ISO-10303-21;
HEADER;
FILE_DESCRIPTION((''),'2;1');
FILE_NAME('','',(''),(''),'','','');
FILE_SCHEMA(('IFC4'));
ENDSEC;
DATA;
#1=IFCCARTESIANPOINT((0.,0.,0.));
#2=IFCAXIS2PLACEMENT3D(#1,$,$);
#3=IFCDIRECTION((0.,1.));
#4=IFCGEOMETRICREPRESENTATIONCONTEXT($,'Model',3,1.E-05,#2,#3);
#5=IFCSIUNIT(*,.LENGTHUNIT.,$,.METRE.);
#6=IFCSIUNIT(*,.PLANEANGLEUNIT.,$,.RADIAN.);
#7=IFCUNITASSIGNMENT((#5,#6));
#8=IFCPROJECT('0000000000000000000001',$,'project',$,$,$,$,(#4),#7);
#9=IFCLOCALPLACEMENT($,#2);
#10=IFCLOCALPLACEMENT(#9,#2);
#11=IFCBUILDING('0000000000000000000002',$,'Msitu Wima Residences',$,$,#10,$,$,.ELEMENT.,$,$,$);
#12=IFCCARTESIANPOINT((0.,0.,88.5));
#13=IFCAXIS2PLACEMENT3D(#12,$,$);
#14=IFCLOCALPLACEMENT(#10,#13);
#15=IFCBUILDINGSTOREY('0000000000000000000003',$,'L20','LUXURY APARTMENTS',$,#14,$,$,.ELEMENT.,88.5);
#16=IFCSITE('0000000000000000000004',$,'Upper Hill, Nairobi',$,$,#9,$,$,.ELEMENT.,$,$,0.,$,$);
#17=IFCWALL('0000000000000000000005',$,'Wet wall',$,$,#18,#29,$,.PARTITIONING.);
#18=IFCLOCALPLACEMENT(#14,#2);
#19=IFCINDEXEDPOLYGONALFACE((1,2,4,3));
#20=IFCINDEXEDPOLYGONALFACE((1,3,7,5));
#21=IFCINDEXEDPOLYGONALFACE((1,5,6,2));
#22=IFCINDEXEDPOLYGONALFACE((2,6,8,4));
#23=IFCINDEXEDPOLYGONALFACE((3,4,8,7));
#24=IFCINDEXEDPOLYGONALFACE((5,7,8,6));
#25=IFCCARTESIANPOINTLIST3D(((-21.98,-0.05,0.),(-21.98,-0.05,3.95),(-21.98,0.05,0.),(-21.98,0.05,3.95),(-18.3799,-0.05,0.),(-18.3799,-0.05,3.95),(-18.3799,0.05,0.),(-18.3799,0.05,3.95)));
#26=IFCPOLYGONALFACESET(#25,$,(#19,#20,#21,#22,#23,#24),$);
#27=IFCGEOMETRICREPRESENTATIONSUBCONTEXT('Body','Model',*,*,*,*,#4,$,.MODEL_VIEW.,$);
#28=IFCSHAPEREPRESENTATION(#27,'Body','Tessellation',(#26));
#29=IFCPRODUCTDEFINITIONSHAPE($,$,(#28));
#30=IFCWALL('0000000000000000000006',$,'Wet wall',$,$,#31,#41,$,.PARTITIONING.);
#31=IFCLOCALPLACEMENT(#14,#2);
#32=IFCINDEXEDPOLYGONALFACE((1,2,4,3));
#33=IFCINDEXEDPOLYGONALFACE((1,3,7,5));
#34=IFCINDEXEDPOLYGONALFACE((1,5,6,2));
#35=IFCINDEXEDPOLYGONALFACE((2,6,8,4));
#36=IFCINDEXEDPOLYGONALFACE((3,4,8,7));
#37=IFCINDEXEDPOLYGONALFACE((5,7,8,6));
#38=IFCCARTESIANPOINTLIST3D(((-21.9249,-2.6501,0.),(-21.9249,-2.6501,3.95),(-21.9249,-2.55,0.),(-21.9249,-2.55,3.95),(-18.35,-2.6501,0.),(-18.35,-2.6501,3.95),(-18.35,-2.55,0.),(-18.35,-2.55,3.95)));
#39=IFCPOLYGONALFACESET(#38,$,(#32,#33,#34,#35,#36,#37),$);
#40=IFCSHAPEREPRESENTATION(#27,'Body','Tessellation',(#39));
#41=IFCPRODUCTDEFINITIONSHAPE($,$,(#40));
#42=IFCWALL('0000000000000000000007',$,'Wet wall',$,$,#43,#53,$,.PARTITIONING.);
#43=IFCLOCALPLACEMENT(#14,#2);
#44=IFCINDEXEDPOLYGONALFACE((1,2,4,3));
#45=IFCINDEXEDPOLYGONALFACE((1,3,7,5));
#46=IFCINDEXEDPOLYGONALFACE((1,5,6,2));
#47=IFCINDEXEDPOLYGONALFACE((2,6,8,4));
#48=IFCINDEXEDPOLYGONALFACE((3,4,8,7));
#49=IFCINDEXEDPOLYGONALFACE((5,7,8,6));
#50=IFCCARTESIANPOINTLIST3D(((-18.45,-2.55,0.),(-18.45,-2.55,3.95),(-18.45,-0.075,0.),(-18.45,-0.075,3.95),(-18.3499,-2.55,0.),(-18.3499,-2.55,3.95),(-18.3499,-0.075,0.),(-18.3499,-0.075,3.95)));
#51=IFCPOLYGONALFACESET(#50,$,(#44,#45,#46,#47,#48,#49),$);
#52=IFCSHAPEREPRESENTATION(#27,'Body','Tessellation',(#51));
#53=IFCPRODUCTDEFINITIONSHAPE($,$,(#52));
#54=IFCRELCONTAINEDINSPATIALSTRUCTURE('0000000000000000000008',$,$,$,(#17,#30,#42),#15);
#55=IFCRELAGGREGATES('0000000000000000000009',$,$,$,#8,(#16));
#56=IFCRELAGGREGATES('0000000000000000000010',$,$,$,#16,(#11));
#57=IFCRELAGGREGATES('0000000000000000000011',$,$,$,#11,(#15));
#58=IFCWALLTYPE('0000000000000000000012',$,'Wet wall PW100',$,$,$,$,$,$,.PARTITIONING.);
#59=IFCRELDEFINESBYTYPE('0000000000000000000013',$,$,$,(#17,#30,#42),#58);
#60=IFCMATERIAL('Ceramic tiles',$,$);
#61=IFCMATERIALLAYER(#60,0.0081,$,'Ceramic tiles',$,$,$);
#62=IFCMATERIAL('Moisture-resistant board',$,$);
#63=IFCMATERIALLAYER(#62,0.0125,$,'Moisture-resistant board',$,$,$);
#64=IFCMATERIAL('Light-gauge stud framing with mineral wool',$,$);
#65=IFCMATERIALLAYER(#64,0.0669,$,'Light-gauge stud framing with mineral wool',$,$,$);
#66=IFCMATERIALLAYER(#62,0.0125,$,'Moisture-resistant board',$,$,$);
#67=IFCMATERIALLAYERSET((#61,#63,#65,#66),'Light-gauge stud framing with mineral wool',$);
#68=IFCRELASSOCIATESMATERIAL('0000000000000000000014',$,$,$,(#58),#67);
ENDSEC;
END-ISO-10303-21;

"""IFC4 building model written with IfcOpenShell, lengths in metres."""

from ifc_helpers import new_model, si_unit, direction, frame, frame_2d, origin, place, context, subcontext, project, spatial, rectangle, extrude, material, layer, layer_set, type_object, element, save


model = new_model("IFC4")

# Units and contexts
model_context = context("Model", 3, precision=1e-05, world=origin(), true_north=direction((0.0, 1.0)))
body_context = subcontext(model_context, "Body", "Model", "MODEL_VIEW")
ifc_project = project(units=[si_unit("LENGTHUNIT", "METRE"), si_unit("PLANEANGLEUNIT", "RADIAN")], contexts=[model_context])

# Site, building, storey
site_placement = place(None, origin())
site = spatial("IfcSite", under=ifc_project, at=site_placement, Name="Upper Hill, Nairobi", CompositionType="ELEMENT", RefElevation=0.0)
building_placement = place(site_placement, origin())
building = spatial("IfcBuilding", under=site, at=building_placement, Name="Msitu Wima Residences", CompositionType="ELEMENT")
storey_placement = place(building_placement, frame((0.0, 0.0, 88.5)))
storey = spatial("IfcBuildingStorey", under=building, at=storey_placement, Name="L20", Description="LUXURY APARTMENTS", CompositionType="ELEMENT", Elevation=88.5)

# Walls
ifc_material_1 = material(Name="Ceramic tiles")
ifc_layer_1 = layer(ifc_material_1, 0.0081, Name="Ceramic tiles")
ifc_material_2 = material(Name="Moisture-resistant board")
ifc_layer_2 = layer(ifc_material_2, 0.0125, Name="Moisture-resistant board")
ifc_material_3 = material(Name="Light-gauge stud framing with mineral wool")
ifc_layer_3 = layer(ifc_material_3, 0.0669, Name="Light-gauge stud framing with mineral wool")
ifc_layer_4 = layer(ifc_material_2, 0.0125, Name="Moisture-resistant board")
ifc_layer_set_1 = layer_set([ifc_layer_1, ifc_layer_2, ifc_layer_3, ifc_layer_4], Name="Light-gauge stud framing with mineral wool")
wall_type_1 = type_object("IfcWallType", Name="Wet wall PW100", PredefinedType="PARTITIONING", material=ifc_layer_set_1)
wall_1_placement = place(storey_placement, frame((-21.98, 0.0, 0.0), z_axis=(0.0, 0.0, 1.0), x_axis=(1.0, 0.0, 0.0)))
element("IfcWall", 1, at=wall_1_placement, inside=storey, type_object=wall_type_1, Name="Wet wall", PredefinedType="PARTITIONING", context=body_context, shape_type="SweptSolid", body=[
    extrude(rectangle(XDim=3.6001, YDim=0.1001, at=frame_2d((1.8, 0.0))), origin(), (0.0, 0.0, 1.0), 3.95),
])
wall_2_placement = place(storey_placement, frame((-21.925, -2.6001, 0.0), z_axis=(0.0, 0.0, 1.0), x_axis=(1.0, 0.0, 0.0)))
element("IfcWall", 2, at=wall_2_placement, inside=storey, type_object=wall_type_1, Name="Wet wall", PredefinedType="PARTITIONING", context=body_context, shape_type="SweptSolid", body=[
    extrude(rectangle(XDim=3.575, YDim=0.1001, at=frame_2d((1.7876, 0.0))), origin(), (0.0, 0.0, 1.0), 3.95),
])
wall_3_placement = place(storey_placement, frame((-18.3999, -2.55, 0.0), z_axis=(0.0, 0.0, 1.0), x_axis=(0.0, 1.0, 0.0)))
element("IfcWall", 3, at=wall_3_placement, inside=storey, type_object=wall_type_1, Name="Wet wall", PredefinedType="PARTITIONING", context=body_context, shape_type="SweptSolid", body=[
    extrude(rectangle(XDim=2.4751, YDim=0.1001, at=frame_2d((1.2375, 0.0))), origin(), (0.0, 0.0, 1.0), 3.95),
])

save(model, "model.ifc")
